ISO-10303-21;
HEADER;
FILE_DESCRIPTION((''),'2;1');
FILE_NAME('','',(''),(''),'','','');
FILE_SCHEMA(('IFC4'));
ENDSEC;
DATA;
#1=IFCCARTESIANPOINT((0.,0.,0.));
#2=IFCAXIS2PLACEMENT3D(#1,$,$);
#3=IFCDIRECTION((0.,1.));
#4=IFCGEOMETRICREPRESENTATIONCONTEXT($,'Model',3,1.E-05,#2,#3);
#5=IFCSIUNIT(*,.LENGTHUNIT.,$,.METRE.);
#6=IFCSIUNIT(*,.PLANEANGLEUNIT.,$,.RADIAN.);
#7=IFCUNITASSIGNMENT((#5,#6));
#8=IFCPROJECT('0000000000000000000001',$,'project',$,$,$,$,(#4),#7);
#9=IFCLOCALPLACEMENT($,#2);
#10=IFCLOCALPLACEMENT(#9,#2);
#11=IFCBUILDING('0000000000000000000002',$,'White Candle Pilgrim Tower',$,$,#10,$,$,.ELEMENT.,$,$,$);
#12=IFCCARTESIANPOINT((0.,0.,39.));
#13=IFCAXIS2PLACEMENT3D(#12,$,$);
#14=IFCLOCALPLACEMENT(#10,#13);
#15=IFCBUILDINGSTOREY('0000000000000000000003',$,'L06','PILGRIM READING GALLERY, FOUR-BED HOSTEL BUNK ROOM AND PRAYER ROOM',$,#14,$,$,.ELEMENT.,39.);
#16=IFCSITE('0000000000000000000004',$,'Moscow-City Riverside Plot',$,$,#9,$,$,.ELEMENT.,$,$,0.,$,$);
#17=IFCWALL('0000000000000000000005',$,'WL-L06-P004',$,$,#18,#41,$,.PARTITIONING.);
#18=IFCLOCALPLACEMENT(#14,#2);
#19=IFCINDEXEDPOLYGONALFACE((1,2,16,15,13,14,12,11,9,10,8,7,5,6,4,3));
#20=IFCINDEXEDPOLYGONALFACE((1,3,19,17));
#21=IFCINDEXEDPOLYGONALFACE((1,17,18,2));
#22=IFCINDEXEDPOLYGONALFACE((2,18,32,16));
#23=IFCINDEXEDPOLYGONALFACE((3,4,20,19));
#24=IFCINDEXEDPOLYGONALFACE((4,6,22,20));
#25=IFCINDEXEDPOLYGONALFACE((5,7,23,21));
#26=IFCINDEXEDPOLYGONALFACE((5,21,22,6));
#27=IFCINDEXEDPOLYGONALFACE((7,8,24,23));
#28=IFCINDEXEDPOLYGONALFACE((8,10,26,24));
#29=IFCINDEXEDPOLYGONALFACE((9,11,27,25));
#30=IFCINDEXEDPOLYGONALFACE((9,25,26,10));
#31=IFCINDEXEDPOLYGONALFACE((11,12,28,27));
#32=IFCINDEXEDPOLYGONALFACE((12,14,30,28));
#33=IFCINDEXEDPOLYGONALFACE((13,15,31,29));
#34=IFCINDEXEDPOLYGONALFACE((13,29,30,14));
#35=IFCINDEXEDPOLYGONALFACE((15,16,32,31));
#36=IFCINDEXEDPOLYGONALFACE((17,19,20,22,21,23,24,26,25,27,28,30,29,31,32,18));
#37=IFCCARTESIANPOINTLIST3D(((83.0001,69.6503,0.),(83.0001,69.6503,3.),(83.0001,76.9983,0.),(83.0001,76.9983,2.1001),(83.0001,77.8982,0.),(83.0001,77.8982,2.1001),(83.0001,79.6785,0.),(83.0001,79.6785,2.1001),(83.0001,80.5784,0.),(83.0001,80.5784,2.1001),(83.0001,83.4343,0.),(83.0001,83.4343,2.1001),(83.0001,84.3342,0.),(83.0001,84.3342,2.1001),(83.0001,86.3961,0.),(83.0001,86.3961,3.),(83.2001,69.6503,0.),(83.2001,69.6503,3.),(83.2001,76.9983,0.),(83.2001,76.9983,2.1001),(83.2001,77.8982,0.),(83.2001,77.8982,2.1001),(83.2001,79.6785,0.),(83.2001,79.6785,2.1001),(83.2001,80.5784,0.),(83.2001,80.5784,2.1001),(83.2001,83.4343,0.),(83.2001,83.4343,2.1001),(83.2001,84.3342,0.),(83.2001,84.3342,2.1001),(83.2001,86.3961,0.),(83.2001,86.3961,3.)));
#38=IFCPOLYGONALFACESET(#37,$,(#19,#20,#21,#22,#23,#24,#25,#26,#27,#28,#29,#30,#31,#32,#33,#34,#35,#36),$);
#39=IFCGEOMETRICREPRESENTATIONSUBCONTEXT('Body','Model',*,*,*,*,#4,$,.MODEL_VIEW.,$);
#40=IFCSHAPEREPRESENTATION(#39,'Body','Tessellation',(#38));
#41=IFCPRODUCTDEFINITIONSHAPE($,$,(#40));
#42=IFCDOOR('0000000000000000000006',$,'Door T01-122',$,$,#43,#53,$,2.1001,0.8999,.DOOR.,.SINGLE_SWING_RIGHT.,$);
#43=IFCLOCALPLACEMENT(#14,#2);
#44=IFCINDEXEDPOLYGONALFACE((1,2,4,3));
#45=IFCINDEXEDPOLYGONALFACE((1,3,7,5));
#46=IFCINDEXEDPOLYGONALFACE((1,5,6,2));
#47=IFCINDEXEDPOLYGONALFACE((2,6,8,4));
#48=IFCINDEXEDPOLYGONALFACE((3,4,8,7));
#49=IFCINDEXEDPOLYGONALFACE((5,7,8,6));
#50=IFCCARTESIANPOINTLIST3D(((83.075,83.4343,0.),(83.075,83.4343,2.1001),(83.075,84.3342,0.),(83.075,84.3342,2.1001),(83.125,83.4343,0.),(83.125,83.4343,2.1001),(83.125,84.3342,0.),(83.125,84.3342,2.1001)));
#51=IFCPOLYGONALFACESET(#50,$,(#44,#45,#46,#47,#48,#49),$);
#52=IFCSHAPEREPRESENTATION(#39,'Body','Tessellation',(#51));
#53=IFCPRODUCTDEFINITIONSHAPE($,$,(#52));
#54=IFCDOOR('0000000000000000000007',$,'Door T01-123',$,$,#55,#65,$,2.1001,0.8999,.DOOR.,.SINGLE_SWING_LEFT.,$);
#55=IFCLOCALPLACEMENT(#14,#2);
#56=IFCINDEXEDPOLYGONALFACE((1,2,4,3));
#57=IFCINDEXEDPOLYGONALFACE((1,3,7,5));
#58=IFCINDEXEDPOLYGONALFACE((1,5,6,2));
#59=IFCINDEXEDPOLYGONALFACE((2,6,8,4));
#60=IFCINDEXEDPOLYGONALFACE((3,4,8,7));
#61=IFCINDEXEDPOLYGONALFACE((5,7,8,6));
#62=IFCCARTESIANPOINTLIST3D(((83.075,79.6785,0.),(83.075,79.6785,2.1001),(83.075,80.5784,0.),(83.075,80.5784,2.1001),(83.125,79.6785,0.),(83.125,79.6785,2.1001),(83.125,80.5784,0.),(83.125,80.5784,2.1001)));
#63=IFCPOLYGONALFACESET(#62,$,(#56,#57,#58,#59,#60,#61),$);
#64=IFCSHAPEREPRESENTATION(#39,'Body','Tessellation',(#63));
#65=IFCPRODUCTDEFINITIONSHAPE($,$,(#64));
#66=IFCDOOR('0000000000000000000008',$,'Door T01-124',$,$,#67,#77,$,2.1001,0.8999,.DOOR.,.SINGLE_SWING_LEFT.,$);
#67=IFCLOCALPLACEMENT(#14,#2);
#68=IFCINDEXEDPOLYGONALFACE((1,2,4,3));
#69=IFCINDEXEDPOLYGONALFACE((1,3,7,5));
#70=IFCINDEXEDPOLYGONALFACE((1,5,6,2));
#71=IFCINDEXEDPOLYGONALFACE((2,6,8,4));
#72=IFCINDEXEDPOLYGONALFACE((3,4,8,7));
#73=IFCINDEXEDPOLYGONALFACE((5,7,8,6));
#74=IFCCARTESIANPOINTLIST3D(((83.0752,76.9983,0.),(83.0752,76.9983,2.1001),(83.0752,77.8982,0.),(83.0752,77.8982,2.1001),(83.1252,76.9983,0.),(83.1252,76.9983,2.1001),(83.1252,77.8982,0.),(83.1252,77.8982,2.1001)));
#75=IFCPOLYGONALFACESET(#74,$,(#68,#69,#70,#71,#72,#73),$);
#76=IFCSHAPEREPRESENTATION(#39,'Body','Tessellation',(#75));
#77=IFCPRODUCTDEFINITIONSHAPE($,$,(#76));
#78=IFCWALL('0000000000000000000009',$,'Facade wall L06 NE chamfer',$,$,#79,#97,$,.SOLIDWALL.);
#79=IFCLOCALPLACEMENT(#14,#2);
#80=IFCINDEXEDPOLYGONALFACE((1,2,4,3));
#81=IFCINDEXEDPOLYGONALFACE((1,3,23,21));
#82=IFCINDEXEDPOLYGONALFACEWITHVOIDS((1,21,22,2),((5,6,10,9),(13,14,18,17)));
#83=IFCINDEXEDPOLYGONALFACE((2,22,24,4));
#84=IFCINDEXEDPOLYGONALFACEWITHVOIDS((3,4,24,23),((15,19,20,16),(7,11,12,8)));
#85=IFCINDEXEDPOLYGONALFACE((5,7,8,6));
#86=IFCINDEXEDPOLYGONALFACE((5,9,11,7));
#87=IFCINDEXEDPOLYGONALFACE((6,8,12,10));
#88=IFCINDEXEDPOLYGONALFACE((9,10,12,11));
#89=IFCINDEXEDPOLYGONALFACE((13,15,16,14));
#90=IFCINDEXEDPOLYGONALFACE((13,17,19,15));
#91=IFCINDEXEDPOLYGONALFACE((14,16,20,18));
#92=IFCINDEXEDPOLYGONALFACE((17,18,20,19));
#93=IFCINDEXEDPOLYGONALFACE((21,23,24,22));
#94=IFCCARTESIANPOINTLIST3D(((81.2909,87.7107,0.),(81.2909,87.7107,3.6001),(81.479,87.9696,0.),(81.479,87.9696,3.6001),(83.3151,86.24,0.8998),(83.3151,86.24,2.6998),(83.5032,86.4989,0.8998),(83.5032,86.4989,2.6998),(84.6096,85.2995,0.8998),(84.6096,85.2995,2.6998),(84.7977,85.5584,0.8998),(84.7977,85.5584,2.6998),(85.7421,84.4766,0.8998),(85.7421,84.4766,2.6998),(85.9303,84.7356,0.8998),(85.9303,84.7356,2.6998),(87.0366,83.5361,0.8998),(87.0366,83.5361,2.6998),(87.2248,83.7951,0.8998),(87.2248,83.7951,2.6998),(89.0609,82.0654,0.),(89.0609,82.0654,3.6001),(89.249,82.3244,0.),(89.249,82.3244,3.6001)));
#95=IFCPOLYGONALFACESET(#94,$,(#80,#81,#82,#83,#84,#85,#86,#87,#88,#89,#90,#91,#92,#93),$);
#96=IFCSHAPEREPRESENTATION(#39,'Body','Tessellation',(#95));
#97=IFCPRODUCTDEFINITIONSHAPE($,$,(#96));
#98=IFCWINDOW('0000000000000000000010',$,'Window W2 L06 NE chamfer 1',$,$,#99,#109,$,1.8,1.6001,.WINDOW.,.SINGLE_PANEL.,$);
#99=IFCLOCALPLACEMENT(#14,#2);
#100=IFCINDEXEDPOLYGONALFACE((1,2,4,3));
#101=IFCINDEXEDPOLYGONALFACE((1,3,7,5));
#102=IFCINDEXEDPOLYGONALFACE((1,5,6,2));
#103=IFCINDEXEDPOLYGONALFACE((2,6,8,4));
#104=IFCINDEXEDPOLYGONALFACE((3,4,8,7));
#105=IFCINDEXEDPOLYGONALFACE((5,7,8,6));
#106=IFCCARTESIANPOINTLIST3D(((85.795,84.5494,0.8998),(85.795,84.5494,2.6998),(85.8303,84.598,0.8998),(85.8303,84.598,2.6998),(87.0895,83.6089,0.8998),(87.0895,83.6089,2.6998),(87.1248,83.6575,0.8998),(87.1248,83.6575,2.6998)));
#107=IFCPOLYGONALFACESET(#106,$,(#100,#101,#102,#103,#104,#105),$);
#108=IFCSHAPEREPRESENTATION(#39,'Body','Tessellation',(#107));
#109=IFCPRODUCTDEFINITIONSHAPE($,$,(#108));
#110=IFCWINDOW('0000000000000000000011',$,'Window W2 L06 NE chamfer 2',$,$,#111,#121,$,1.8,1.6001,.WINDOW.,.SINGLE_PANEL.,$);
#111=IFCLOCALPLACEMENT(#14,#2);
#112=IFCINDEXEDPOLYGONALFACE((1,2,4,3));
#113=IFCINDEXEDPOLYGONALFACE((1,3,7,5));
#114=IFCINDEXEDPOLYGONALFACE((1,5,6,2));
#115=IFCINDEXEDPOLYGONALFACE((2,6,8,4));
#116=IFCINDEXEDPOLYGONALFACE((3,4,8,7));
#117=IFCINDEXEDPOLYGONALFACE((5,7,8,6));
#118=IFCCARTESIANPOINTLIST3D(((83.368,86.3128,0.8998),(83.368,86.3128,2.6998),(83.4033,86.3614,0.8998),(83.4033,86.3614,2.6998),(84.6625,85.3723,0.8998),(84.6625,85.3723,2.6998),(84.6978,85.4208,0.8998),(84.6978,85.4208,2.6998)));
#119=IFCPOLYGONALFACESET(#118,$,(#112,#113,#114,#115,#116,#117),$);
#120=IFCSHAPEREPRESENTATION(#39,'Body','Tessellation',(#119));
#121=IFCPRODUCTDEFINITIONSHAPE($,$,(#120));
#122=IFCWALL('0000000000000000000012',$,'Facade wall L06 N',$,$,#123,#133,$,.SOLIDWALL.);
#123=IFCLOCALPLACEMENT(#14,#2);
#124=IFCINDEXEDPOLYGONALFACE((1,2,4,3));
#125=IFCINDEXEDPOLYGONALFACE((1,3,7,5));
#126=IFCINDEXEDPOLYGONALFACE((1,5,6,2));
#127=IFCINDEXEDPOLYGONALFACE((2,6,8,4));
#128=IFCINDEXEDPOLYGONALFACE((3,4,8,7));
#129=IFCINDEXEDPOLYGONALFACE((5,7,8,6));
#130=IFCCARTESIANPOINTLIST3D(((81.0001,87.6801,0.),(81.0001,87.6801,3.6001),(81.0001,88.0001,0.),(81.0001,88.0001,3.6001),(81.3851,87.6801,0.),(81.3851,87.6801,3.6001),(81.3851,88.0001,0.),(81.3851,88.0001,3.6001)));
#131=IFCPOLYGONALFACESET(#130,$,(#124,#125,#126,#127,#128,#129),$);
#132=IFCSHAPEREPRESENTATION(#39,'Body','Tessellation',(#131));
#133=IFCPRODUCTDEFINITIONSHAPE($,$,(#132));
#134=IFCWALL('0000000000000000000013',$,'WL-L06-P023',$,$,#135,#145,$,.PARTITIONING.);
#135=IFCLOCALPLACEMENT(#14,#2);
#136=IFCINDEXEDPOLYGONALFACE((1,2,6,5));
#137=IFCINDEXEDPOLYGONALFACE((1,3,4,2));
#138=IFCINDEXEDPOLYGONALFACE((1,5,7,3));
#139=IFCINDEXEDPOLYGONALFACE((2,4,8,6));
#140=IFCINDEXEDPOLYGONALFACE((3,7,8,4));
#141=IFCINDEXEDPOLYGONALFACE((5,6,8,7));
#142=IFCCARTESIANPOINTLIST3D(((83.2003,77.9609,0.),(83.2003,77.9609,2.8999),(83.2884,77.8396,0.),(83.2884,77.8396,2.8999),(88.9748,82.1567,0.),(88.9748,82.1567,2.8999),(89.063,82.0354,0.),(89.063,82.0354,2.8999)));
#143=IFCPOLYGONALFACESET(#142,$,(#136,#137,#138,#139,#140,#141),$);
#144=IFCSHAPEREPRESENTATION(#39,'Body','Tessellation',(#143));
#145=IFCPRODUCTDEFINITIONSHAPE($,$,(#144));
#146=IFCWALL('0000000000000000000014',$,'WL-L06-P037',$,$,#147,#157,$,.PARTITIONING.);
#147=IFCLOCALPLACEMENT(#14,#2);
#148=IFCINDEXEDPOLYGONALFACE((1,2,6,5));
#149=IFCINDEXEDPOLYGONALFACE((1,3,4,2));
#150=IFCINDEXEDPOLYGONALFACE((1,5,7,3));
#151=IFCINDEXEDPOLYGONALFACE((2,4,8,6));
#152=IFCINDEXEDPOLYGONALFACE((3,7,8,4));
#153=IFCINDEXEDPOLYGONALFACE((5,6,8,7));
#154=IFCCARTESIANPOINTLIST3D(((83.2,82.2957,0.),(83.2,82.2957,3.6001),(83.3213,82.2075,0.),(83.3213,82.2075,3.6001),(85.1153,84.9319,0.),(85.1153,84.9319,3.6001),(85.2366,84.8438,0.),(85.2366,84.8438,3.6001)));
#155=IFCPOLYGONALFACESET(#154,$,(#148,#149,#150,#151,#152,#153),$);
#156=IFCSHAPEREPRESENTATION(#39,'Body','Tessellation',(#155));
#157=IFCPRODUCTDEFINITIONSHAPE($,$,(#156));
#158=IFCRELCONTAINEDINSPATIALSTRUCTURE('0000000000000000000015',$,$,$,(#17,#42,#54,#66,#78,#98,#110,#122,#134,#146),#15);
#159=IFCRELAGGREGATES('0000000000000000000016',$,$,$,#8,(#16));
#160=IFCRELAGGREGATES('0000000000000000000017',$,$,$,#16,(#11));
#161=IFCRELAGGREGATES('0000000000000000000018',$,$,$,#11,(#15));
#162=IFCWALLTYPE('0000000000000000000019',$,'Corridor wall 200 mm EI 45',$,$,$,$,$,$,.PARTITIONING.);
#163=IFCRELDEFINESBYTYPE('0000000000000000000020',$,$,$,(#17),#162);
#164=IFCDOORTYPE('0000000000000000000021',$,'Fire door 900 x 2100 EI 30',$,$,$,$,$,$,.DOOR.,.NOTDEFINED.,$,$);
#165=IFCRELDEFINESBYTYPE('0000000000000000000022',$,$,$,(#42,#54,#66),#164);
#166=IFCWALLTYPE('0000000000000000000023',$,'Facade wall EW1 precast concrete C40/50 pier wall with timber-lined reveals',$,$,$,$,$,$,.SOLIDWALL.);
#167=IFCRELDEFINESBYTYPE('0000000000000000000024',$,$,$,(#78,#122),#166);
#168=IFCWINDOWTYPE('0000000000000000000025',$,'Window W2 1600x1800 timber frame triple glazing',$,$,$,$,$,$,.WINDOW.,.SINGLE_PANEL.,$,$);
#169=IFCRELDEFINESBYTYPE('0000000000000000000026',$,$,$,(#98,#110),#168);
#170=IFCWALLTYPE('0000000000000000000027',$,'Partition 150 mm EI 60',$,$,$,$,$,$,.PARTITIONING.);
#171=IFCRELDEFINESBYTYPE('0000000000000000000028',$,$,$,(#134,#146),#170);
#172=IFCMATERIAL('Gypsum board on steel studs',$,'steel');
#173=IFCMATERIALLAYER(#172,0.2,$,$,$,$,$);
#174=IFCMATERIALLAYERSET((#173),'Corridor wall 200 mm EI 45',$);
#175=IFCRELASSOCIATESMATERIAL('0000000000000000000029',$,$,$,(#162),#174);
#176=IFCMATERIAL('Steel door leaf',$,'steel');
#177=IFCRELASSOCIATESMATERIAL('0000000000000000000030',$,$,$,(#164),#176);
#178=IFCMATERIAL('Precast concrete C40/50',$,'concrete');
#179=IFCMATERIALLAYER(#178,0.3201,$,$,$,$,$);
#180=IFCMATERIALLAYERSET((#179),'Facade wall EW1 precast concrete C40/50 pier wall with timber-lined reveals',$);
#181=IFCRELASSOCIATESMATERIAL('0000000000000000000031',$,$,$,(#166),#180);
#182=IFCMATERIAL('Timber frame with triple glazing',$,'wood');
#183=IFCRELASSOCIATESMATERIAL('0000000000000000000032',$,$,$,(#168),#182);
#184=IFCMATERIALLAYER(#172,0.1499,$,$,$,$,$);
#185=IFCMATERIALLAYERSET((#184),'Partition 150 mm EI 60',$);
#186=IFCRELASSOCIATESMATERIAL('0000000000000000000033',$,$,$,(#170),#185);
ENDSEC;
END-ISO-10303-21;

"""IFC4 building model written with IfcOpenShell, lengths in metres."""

from ifc_helpers import new_model, si_unit, direction, frame, frame_2d, origin, place, context, subcontext, project, spatial, rectangle, extrude, material, layer, layer_set, type_object, element, fill, save


model = new_model("IFC4")

# Units and contexts
model_context = context("Model", 3, precision=1e-05, world=origin(), true_north=direction((0.0, 1.0)))
body_context = subcontext(model_context, "Body", "Model", "MODEL_VIEW")
ifc_project = project(units=[si_unit("LENGTHUNIT", "METRE"), si_unit("PLANEANGLEUNIT", "RADIAN")], contexts=[model_context])

# Site, building, storey
site_placement = place(None, origin())
site = spatial("IfcSite", under=ifc_project, at=site_placement, Name="Moscow-City Riverside Plot", CompositionType="ELEMENT", RefElevation=0.0)
building_placement = place(site_placement, origin())
building = spatial("IfcBuilding", under=site, at=building_placement, Name="White Candle Pilgrim Tower", CompositionType="ELEMENT")
storey_placement = place(building_placement, frame((0.0, 0.0, 39.0)))
storey = spatial("IfcBuildingStorey", under=building, at=storey_placement, Name="L06", Description="PILGRIM READING GALLERY, FOUR-BED HOSTEL BUNK ROOM AND PRAYER ROOM", CompositionType="ELEMENT", Elevation=39.0)

# Shared definitions
ifc_material_1 = material(Name="Steel door leaf", Category="steel")

# Wall, openings, doors
ifc_material_2 = material(Name="Gypsum board on steel studs", Category="steel")
ifc_layer_1 = layer(ifc_material_2, 0.2)
ifc_layer_set_1 = layer_set([ifc_layer_1], Name="Corridor wall 200 mm EI 45")
wall_type_1 = type_object("IfcWallType", Name="Corridor wall 200 mm EI 45", PredefinedType="PARTITIONING", material=ifc_layer_set_1)
wall_1_placement = place(storey_placement, frame((83.1001, 86.3962, 0.0), z_axis=(0.0, 0.0, 1.0), x_axis=(0.0, -1.0, 0.0)))
wall_1 = element("IfcWall", 1, at=wall_1_placement, inside=storey, type_object=wall_type_1, Name="WL-L06-P004", PredefinedType="PARTITIONING", context=body_context, shape_type="SweptSolid", body=[
    extrude(rectangle(XDim=16.7458, YDim=0.2, at=frame_2d((8.373, 0.0))), origin(), (0.0, 0.0, 1.0), 3.0),
])
opening_1_placement = place(wall_1_placement, frame((2.062, 0.0, 0.0)))
opening_1 = element("IfcOpeningElement", 2, at=opening_1_placement, cuts=wall_1, PredefinedType="OPENING", context=body_context, shape_type="SweptSolid", body=[
    extrude(rectangle(XDim=0.8999, YDim=2.1001, at=frame_2d((0.45, 1.05))), frame((0.0, 0.1099, 0.0), z_axis=(0.0, -1.0, 0.0), x_axis=(1.0, 0.0, 0.0)), (0.0, 0.0, 1.0), 0.22),
])
opening_2_placement = place(wall_1_placement, frame((5.8179, 0.0, 0.0)))
opening_2 = element("IfcOpeningElement", 3, at=opening_2_placement, cuts=wall_1, PredefinedType="OPENING", context=body_context, shape_type="SweptSolid", body=[
    extrude(rectangle(XDim=0.8999, YDim=2.1001, at=frame_2d((0.45, 1.05))), frame((0.0, 0.1099, 0.0), z_axis=(0.0, -1.0, 0.0), x_axis=(1.0, 0.0, 0.0)), (0.0, 0.0, 1.0), 0.22),
])
opening_3_placement = place(wall_1_placement, frame((8.498, 0.0, 0.0)))
opening_3 = element("IfcOpeningElement", 4, at=opening_3_placement, cuts=wall_1, PredefinedType="OPENING", context=body_context, shape_type="SweptSolid", body=[
    extrude(rectangle(XDim=0.8999, YDim=2.1001, at=frame_2d((0.45, 1.05))), frame((0.0, 0.1099, 0.0), z_axis=(0.0, -1.0, 0.0), x_axis=(1.0, 0.0, 0.0)), (0.0, 0.0, 1.0), 0.22),
])
door_type_1 = type_object("IfcDoorType", Name="Fire door 900 x 2100 EI 30", OperationType="NOTDEFINED", PredefinedType="DOOR", material=ifc_material_1)
door_1_placement = place(opening_1_placement, origin())
door_1 = element("IfcDoor", 5, at=door_1_placement, inside=storey, type_object=door_type_1, Name="Door T01-122", OperationType="SINGLE_SWING_RIGHT", OverallHeight=2.1001, OverallWidth=0.8999, PredefinedType="DOOR", context=body_context, shape_type="SweptSolid", body=[
    extrude(rectangle(XDim=0.8999, YDim=2.1001, at=frame_2d((0.45, 1.05))), frame((0.0, 0.0249, 0.0), z_axis=(0.0, -1.0, 0.0), x_axis=(1.0, 0.0, 0.0)), (0.0, 0.0, 1.0), 0.05),
])
fill(opening_1, door_1)
door_2_placement = place(opening_2_placement, origin())
door_2 = element("IfcDoor", 6, at=door_2_placement, inside=storey, type_object=door_type_1, Name="Door T01-123", OperationType="SINGLE_SWING_LEFT", OverallHeight=2.1001, OverallWidth=0.8999, PredefinedType="DOOR", context=body_context, shape_type="SweptSolid", body=[
    extrude(rectangle(XDim=0.8999, YDim=2.1001, at=frame_2d((0.45, 1.05))), frame((0.0, 0.0249, 0.0), z_axis=(0.0, -1.0, 0.0), x_axis=(1.0, 0.0, 0.0)), (0.0, 0.0, 1.0), 0.05),
])
fill(opening_2, door_2)
door_3_placement = place(opening_3_placement, frame((0.8999, 0.0, 0.0), z_axis=(0.0, 0.0, 1.0), x_axis=(-1.0, 0.0, 0.0)))
door_3 = element("IfcDoor", 7, at=door_3_placement, inside=storey, type_object=door_type_1, Name="Door T01-124", OperationType="SINGLE_SWING_LEFT", OverallHeight=2.1001, OverallWidth=0.8999, PredefinedType="DOOR", context=body_context, shape_type="SweptSolid", body=[
    extrude(rectangle(XDim=0.8999, YDim=2.1001, at=frame_2d((0.45, 1.05))), frame((0.0, 0.0249, 0.0), z_axis=(0.0, -1.0, 0.0), x_axis=(1.0, 0.0, 0.0)), (0.0, 0.0, 1.0), 0.05),
])
fill(opening_3, door_3)

# Wall, openings, windows
ifc_material_3 = material(Name="Precast concrete C40/50", Category="concrete")
ifc_layer_2 = layer(ifc_material_3, 0.3201)
ifc_layer_set_2 = layer_set([ifc_layer_2], Name="Facade wall EW1 precast concrete C40/50 pier wall with timber-lined reveals")
wall_type_2 = type_object("IfcWallType", Name="Facade wall EW1 precast concrete C40/50 pier wall with timber-lined reveals", PredefinedType="SOLIDWALL", material=ifc_layer_set_2)
wall_2_placement = place(storey_placement, frame((89.155, 82.1948, 0.0), z_axis=(0.0, 0.0, 1.0), x_axis=(-0.809016, 0.587786, 0.0)))
wall_2 = element("IfcWall", 8, at=wall_2_placement, inside=storey, type_object=wall_type_2, Name="Facade wall L06 NE chamfer", PredefinedType="SOLIDWALL", context=body_context, shape_type="SweptSolid", body=[
    extrude(rectangle(XDim=9.6042, YDim=0.3201, at=frame_2d((4.8022, 0.0))), origin(), (0.0, 0.0, 1.0), 3.6001),
])
opening_4_placement = place(wall_2_placement, frame((2.5022, 0.0, 0.8999)))
opening_4 = element("IfcOpeningElement", 9, at=opening_4_placement, cuts=wall_2, PredefinedType="OPENING", context=body_context, shape_type="SweptSolid", body=[
    extrude(rectangle(XDim=1.6001, YDim=1.8, at=frame_2d((0.8, 0.8999))), frame((0.0, 0.1699, 0.0), z_axis=(0.0, -1.0, 0.0), x_axis=(1.0, 0.0, 0.0)), (0.0, 0.0, 1.0), 0.3401),
])
opening_5_placement = place(wall_2_placement, frame((5.5022, 0.0, 0.8999)))
opening_5 = element("IfcOpeningElement", 10, at=opening_5_placement, cuts=wall_2, PredefinedType="OPENING", context=body_context, shape_type="SweptSolid", body=[
    extrude(rectangle(XDim=1.6001, YDim=1.8, at=frame_2d((0.8, 0.8999))), frame((0.0, 0.1699, 0.0), z_axis=(0.0, -1.0, 0.0), x_axis=(1.0, 0.0, 0.0)), (0.0, 0.0, 1.0), 0.3401),
])
ifc_material_4 = material(Name="Timber frame with triple glazing", Category="wood")
window_type = type_object("IfcWindowType", Name="Window W2 1600x1800 timber frame triple glazing", PartitioningType="SINGLE_PANEL", PredefinedType="WINDOW", material=ifc_material_4)
window_1_placement = place(opening_4_placement, origin())
window_1 = element("IfcWindow", 11, at=window_1_placement, inside=storey, type_object=window_type, Name="Window W2 L06 NE chamfer 1", OverallHeight=1.8, OverallWidth=1.6001, PartitioningType="SINGLE_PANEL", PredefinedType="WINDOW", context=body_context, shape_type="SweptSolid", body=[
    extrude(rectangle(XDim=1.6001, YDim=1.8, at=frame_2d((0.8, 0.8999))), frame((0.0, 0.0701, 0.0), z_axis=(0.0, -1.0, 0.0), x_axis=(1.0, 0.0, 0.0)), (0.0, 0.0, 1.0), 0.0601),
])
fill(opening_4, window_1)
window_2_placement = place(opening_5_placement, origin())
window_2 = element("IfcWindow", 12, at=window_2_placement, inside=storey, type_object=window_type, Name="Window W2 L06 NE chamfer 2", OverallHeight=1.8, OverallWidth=1.6001, PartitioningType="SINGLE_PANEL", PredefinedType="WINDOW", context=body_context, shape_type="SweptSolid", body=[
    extrude(rectangle(XDim=1.6001, YDim=1.8, at=frame_2d((0.8, 0.8999))), frame((0.0, 0.0701, 0.0), z_axis=(0.0, -1.0, 0.0), x_axis=(1.0, 0.0, 0.0)), (0.0, 0.0, 1.0), 0.0601),
])
fill(opening_5, window_2)

# Walls
wall_3_placement = place(storey_placement, frame((81.385, 87.8401, 0.0), z_axis=(0.0, 0.0, 1.0), x_axis=(-1.0, 0.0, 0.0)))
element("IfcWall", 13, at=wall_3_placement, inside=storey, type_object=wall_type_2, Name="Facade wall L06 N", PredefinedType="SOLIDWALL", context=body_context, shape_type="SweptSolid", body=[
    extrude(rectangle(XDim=0.385, YDim=0.3201, at=frame_2d((0.1924, 0.0))), origin(), (0.0, 0.0, 1.0), 3.6001),
])
ifc_layer_3 = layer(ifc_material_2, 0.1499)
ifc_layer_set_3 = layer_set([ifc_layer_3], Name="Partition 150 mm EI 60")
wall_type_3 = type_object("IfcWallType", Name="Partition 150 mm EI 60", PredefinedType="PARTITIONING", material=ifc_layer_set_3)
wall_4_placement = place(storey_placement, frame((89.0188, 82.0959, 0.0), z_axis=(0.0, 0.0, 1.0), x_axis=(-0.808999, -0.58781, 0.0)))
element("IfcWall", 14, at=wall_4_placement, inside=storey, type_object=wall_type_3, Name="WL-L06-P023", PredefinedType="PARTITIONING", context=body_context, shape_type="SweptSolid", body=[
    extrude(rectangle(XDim=7.1379, YDim=0.1499, at=frame_2d((3.5688, 0.0))), origin(), (0.0, 0.0, 1.0), 2.8999),
])
wall_5_placement = place(storey_placement, frame((85.176, 84.8879, 0.0), z_axis=(0.0, 0.0, 1.0), x_axis=(-0.587775, -0.809024, 0.0)))
element("IfcWall", 15, at=wall_5_placement, inside=storey, type_object=wall_type_3, Name="WL-L06-P037", PredefinedType="PARTITIONING", context=body_context, shape_type="SweptSolid", body=[
    extrude(rectangle(XDim=3.2585, YDim=0.1499, at=frame_2d((1.6294, 0.0))), origin(), (0.0, 0.0, 1.0), 3.6001),
])

save(model, "model.ifc")
